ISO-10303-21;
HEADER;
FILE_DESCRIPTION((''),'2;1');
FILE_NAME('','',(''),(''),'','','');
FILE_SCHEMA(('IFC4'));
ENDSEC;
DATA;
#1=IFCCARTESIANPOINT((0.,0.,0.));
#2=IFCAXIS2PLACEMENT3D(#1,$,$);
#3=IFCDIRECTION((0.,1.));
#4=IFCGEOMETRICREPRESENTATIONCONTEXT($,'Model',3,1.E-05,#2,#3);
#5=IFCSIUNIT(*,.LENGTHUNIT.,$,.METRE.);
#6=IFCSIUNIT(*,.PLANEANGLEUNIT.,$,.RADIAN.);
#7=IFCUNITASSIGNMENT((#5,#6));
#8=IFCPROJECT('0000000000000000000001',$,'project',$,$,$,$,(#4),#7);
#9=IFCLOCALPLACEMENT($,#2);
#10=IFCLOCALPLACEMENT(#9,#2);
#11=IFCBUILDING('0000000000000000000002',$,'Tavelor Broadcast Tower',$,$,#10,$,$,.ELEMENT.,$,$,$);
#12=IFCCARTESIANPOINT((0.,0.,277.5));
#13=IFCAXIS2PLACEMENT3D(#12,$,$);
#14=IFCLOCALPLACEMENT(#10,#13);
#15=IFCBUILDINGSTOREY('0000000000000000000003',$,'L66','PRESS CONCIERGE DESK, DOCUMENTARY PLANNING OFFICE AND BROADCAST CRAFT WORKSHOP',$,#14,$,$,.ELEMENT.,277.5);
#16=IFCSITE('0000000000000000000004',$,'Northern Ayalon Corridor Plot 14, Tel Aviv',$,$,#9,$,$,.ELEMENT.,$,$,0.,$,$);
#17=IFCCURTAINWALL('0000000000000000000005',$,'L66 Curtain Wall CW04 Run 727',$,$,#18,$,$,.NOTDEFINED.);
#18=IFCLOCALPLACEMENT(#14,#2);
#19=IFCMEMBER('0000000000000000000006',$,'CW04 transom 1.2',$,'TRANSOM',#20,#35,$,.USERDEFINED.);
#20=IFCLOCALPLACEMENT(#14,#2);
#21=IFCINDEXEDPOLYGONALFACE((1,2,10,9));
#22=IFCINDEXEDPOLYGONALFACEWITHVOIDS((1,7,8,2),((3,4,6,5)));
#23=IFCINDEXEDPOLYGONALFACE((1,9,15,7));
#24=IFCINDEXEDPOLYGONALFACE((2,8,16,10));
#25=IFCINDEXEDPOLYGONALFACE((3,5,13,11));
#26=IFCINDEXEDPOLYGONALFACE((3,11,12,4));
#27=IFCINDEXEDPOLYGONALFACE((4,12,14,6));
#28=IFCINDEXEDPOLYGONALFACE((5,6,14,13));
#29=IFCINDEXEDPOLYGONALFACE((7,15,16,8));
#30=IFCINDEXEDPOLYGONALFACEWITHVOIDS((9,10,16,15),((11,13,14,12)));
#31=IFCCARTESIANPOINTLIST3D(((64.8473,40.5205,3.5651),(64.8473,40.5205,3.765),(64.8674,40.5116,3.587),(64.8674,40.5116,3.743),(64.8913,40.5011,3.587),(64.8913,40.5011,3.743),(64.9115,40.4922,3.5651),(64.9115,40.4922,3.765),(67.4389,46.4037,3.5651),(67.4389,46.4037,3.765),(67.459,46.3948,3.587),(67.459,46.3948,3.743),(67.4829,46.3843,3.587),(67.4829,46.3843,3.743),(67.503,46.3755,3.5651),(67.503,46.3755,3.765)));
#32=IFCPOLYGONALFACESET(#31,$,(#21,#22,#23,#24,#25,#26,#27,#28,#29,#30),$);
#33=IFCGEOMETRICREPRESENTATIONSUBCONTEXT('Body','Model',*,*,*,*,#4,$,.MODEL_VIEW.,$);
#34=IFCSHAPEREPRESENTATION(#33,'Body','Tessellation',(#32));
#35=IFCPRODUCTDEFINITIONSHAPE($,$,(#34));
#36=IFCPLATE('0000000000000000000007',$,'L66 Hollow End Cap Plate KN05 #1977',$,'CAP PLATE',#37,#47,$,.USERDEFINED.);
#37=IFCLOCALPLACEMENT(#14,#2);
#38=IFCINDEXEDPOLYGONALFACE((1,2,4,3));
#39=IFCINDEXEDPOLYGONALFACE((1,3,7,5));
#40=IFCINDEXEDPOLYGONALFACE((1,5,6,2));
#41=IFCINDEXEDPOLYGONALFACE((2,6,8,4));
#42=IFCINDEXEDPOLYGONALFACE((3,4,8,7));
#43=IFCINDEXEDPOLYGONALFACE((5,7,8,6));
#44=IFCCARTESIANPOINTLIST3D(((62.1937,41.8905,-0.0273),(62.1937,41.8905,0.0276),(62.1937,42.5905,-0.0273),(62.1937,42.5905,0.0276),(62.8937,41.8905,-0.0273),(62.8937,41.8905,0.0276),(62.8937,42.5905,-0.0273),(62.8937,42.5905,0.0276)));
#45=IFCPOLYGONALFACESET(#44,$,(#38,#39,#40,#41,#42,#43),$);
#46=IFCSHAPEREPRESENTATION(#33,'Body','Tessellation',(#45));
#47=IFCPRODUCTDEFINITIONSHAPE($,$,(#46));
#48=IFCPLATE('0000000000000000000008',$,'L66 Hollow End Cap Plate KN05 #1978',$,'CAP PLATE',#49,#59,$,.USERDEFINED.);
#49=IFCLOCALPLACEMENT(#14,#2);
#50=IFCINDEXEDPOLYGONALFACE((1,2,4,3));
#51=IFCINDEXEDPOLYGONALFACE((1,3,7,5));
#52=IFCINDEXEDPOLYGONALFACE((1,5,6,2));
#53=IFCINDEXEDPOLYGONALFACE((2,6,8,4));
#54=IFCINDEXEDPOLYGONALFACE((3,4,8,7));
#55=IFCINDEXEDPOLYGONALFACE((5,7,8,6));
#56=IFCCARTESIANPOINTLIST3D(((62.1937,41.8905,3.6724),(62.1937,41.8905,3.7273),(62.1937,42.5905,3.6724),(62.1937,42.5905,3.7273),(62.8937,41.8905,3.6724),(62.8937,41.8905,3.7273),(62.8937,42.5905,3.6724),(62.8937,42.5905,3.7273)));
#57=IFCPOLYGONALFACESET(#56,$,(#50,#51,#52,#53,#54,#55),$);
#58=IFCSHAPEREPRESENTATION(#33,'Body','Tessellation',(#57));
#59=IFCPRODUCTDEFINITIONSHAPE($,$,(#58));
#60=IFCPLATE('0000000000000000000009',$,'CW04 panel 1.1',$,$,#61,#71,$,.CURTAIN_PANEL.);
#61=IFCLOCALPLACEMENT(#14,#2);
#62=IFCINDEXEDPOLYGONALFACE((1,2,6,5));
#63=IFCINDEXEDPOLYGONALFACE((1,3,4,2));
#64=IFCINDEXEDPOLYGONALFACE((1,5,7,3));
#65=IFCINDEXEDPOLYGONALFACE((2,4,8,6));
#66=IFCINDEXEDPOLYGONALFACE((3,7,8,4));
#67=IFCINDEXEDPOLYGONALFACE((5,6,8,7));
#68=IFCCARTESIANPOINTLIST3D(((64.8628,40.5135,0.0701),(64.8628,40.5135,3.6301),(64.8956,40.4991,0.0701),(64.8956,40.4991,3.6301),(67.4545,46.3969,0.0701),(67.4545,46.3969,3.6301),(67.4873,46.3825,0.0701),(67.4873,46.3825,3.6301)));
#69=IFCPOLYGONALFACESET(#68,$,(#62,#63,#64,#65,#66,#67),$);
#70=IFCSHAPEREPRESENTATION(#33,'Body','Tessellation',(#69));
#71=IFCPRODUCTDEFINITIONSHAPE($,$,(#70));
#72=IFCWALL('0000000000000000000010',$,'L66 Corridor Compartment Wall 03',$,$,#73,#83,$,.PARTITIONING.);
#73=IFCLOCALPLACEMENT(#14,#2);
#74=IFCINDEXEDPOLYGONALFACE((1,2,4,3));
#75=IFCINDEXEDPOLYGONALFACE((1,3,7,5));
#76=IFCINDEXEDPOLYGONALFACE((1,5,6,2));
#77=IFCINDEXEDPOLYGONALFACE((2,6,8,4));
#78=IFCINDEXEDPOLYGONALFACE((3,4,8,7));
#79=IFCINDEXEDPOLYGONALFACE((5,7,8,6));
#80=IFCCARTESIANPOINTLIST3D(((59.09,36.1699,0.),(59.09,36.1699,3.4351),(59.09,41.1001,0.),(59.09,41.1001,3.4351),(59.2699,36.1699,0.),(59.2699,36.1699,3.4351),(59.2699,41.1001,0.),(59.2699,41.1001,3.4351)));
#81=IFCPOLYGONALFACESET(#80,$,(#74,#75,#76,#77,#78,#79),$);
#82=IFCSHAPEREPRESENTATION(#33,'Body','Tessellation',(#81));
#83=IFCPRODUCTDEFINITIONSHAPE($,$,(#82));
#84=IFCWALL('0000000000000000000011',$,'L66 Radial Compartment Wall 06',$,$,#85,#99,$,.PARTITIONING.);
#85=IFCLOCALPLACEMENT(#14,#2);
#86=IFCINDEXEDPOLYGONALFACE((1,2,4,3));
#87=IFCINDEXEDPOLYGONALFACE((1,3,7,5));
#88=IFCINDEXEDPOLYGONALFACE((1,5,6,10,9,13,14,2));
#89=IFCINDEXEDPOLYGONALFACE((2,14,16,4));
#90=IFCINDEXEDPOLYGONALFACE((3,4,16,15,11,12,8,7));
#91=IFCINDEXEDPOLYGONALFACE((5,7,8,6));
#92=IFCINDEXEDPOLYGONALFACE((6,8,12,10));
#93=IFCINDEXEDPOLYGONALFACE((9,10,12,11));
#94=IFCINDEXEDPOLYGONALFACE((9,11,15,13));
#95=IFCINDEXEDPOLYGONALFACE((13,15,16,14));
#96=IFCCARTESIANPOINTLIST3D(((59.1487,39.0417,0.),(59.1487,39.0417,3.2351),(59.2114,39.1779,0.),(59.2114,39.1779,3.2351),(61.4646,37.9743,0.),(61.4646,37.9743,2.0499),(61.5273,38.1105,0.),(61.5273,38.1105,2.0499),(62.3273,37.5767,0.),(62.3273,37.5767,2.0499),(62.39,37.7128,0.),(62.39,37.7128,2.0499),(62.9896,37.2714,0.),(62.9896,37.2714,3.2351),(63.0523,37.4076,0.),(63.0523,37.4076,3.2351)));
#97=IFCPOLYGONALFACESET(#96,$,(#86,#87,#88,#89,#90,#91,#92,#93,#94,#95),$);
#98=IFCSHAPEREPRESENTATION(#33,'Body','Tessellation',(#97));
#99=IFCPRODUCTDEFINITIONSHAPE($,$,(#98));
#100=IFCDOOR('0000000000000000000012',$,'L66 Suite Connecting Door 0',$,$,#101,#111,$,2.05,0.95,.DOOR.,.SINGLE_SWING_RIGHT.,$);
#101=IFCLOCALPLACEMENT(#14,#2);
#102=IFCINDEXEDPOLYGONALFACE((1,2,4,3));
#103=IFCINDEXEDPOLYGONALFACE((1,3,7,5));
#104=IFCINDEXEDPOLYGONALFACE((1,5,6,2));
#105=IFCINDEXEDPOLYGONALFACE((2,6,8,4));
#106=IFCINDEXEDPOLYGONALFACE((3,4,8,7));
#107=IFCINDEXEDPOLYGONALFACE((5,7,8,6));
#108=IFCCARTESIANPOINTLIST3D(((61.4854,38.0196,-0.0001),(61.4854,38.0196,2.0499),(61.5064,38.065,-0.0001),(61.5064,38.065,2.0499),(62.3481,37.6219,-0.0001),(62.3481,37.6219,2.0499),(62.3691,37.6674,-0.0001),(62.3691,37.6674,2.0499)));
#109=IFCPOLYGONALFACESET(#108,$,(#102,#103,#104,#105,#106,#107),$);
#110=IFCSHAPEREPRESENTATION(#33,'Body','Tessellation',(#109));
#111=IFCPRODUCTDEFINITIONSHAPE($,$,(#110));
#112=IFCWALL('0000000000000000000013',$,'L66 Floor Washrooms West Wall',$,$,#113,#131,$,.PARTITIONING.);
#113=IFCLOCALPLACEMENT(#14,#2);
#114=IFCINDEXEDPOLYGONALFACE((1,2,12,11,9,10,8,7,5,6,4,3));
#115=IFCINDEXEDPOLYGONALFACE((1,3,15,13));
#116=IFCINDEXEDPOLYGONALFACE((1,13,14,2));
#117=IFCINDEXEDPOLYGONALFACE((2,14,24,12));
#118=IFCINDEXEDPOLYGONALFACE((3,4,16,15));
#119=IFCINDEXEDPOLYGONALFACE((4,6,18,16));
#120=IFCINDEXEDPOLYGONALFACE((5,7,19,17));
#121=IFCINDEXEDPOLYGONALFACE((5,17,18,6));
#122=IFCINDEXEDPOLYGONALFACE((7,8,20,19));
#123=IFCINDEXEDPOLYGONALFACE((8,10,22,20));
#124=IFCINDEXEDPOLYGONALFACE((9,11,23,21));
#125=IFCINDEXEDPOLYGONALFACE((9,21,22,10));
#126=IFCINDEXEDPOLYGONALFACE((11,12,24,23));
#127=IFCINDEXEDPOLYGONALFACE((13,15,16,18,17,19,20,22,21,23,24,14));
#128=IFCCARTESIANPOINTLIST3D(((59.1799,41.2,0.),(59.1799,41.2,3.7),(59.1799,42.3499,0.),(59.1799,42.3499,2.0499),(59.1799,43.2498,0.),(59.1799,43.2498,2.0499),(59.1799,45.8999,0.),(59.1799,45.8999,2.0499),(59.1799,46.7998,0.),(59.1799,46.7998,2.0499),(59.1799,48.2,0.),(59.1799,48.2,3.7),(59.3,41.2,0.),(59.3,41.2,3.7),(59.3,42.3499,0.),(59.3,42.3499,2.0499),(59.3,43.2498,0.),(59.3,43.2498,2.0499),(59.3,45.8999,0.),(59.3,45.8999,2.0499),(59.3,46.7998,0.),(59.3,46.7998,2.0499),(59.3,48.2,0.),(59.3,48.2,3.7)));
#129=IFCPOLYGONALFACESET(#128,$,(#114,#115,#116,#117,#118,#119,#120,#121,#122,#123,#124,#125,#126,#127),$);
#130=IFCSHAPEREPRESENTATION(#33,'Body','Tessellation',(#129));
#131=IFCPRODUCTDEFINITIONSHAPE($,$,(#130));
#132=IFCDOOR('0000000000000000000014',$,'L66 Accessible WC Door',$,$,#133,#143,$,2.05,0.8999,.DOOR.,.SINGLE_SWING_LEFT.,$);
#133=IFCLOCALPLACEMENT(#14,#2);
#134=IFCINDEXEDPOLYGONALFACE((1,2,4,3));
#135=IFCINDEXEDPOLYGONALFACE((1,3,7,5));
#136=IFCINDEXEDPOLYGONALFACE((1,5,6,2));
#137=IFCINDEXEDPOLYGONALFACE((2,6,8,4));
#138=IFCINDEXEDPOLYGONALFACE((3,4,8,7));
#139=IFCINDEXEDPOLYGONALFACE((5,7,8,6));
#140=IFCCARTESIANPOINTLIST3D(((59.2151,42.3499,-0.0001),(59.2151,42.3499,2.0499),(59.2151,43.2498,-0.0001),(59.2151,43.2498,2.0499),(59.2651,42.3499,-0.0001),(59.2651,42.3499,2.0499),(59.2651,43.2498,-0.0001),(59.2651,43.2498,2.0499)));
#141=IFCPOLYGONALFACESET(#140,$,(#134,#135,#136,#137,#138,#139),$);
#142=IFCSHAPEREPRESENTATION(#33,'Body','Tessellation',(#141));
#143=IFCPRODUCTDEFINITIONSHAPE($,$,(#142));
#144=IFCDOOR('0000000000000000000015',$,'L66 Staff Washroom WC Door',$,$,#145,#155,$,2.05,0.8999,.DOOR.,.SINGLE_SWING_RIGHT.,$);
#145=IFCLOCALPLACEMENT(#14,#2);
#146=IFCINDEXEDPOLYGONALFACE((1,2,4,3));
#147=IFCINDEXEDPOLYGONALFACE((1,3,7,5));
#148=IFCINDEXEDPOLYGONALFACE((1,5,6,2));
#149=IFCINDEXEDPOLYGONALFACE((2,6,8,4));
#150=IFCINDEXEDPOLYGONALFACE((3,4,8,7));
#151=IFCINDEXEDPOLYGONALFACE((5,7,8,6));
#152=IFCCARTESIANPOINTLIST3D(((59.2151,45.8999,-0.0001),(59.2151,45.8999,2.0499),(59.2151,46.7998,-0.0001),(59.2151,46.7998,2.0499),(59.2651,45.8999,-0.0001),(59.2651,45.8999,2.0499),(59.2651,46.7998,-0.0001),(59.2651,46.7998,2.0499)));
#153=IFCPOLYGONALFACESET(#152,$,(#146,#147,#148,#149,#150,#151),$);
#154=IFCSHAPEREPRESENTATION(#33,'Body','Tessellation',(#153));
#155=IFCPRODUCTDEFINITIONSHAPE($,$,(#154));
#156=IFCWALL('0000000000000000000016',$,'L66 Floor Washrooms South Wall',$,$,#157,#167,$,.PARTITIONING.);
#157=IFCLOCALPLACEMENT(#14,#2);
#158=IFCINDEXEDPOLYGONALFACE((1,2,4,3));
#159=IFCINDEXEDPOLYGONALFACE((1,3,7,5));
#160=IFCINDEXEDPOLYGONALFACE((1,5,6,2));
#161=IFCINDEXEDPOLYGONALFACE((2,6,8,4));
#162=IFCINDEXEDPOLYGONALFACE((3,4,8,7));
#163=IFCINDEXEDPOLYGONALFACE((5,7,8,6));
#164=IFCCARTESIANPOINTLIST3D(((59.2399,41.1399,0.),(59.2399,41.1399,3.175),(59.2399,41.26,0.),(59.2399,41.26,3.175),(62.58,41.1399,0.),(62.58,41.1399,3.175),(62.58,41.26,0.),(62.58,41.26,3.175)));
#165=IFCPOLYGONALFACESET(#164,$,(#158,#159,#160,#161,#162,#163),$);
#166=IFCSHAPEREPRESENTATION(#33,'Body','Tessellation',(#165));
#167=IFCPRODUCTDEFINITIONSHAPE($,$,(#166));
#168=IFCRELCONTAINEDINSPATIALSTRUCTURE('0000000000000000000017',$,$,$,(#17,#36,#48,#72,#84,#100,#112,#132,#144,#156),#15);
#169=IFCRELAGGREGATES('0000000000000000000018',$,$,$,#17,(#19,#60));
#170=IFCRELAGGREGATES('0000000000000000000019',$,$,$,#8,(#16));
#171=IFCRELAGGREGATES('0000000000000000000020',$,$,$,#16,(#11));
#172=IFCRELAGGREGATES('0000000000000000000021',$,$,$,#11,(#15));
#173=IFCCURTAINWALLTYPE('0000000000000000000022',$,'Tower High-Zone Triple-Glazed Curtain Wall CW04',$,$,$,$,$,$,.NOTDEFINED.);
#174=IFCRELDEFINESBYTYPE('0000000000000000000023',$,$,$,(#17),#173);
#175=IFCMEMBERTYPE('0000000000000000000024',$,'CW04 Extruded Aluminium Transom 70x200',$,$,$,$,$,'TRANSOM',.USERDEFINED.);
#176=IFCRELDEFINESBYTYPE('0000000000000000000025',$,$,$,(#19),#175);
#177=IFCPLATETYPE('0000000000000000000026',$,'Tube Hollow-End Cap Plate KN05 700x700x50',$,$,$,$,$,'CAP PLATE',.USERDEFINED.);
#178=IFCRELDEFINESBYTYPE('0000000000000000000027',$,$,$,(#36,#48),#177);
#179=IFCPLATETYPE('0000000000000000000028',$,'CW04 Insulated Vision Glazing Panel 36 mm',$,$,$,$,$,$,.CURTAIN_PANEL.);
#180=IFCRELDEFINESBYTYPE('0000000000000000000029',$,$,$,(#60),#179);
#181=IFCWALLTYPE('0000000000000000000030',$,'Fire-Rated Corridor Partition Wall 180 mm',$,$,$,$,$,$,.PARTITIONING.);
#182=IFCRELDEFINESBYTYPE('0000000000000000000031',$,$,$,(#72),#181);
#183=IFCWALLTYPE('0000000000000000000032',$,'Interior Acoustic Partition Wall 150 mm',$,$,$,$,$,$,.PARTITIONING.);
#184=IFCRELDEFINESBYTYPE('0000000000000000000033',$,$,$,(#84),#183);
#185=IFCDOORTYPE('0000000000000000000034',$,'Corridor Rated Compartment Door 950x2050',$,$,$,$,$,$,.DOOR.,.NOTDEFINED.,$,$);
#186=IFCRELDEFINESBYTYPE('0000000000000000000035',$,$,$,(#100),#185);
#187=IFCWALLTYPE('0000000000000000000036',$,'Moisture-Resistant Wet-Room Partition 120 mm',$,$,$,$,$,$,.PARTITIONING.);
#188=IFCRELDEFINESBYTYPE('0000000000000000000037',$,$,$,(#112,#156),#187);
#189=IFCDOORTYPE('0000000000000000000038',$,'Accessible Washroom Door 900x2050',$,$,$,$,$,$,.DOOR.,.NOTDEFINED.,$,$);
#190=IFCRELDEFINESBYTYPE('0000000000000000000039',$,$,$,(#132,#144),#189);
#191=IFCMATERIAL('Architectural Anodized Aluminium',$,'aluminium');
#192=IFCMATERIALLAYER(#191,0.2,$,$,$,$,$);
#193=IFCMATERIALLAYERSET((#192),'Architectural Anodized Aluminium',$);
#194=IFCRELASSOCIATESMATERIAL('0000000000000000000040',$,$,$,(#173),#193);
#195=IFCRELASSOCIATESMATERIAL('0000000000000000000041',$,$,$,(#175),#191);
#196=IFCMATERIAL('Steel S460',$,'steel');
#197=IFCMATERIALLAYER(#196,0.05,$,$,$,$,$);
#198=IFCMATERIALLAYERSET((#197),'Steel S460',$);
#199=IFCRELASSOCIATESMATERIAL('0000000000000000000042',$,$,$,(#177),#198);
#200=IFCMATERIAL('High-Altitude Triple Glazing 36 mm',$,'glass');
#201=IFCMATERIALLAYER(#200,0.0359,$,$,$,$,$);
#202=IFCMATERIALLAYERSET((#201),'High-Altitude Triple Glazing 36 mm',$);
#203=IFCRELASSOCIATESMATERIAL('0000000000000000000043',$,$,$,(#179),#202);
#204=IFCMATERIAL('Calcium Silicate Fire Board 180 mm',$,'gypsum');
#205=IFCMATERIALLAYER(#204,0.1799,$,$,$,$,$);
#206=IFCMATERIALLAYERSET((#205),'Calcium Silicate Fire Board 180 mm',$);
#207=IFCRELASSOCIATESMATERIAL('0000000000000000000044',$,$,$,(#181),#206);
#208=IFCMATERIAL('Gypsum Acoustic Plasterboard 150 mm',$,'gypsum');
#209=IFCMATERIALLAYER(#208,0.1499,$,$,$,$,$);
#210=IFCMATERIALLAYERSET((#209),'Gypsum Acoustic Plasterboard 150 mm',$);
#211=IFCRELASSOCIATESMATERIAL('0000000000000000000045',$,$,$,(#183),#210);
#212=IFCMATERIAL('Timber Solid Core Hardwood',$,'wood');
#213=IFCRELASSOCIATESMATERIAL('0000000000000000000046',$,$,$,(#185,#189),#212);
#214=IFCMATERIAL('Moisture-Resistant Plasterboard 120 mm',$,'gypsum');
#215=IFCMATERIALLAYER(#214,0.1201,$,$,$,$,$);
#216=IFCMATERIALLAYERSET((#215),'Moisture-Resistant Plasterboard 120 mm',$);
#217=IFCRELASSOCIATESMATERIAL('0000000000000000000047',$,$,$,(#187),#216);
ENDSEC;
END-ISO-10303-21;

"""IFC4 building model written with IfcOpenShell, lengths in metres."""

from ifc_helpers import new_model, si_unit, direction, frame, frame_2d, origin, origin_2d, place, context, subcontext, project, spatial, rectangle, hollow_rectangle, extrude, source, transform, mapped, material, layer, layer_set, material_profile, profile_set, type_object, type_shapes, element, fill, aggregate, save


model = new_model("IFC4")

# Units and contexts
model_context = context("Model", 3, precision=1e-05, world=origin(), true_north=direction((0.0, 1.0)))
body_context = subcontext(model_context, "Body", "Model", "MODEL_VIEW")
ifc_project = project(units=[si_unit("LENGTHUNIT", "METRE"), si_unit("PLANEANGLEUNIT", "RADIAN")], contexts=[model_context])

# Site, building, storey
site_placement = place(None, origin())
site = spatial("IfcSite", under=ifc_project, at=site_placement, Name="Northern Ayalon Corridor Plot 14, Tel Aviv", CompositionType="ELEMENT", RefElevation=0.0)
building_placement = place(site_placement, origin())
building = spatial("IfcBuilding", under=site, at=building_placement, Name="Tavelor Broadcast Tower", CompositionType="ELEMENT")
storey_placement = place(building_placement, frame((0.0, 0.0, 277.5)))
storey = spatial("IfcBuildingStorey", under=building, at=storey_placement, Name="L66", Description="PRESS CONCIERGE DESK, DOCUMENTARY PLANNING OFFICE AND BROADCAST CRAFT WORKSHOP", CompositionType="ELEMENT", Elevation=277.5)

# Shared definitions
ifc_material_1 = material(Name="Steel S460", Category="steel")

# Shared definitions
ifc_material_2 = material(Name="Architectural Anodized Aluminium", Category="aluminium")
ifc_layer_1 = layer(ifc_material_2, 0.2)
ifc_layer_set_1 = layer_set([ifc_layer_1], Name="Architectural Anodized Aluminium")
curtain_wall_type = type_object("IfcCurtainWallType", Name="Tower High-Zone Triple-Glazed Curtain Wall CW04", PredefinedType="NOTDEFINED", material=ifc_layer_set_1)

# Curtain wall, member
curtain_wall_1_placement = place(storey_placement, origin())
curtain_wall_1 = element("IfcCurtainWall", 1, at=curtain_wall_1_placement, inside=storey, type_object=curtain_wall_type, Name="L66 Curtain Wall CW04 Run 727", PredefinedType="NOTDEFINED")
ifc_material_profile_1 = material_profile(ifc_material_2, hollow_rectangle(XDim=0.0701, YDim=0.2, WallThickness=0.022, at=origin_2d()), Name="RHS 70x200x22")
ifc_profile_set_1 = profile_set([ifc_material_profile_1], Name="Architectural Anodized Aluminium")
member_type_1 = type_object("IfcMemberType", Name="CW04 Extruded Aluminium Transom 70x200", ElementType="TRANSOM", PredefinedType="USERDEFINED", material=ifc_profile_set_1)
shared_shape_1 = source(origin(), body_context, "Body", "SweptSolid", [
    extrude(hollow_rectangle(XDim=0.0701, YDim=0.2, WallThickness=0.022, at=origin_2d()), origin(), (0.0, 0.0, 1.0), 6.4287),
])
type_shapes(member_type_1, [shared_shape_1])
member_1_placement = place(storey_placement, frame((64.8794, 40.5063, 3.665), z_axis=(0.403117, 0.915149, 0.0), x_axis=(-0.915149, 0.403117, 0.0)))
member_1 = element("IfcMember", 2, at=member_1_placement, type_object=member_type_1, Name="CW04 transom 1.2", ObjectType="TRANSOM", PredefinedType="USERDEFINED", context=body_context, shape_type="MappedRepresentation", body=[
    mapped(shared_shape_1, transform((0.0, 0.0, 0.0), scale=1.0)),
])

# Plates
ifc_layer_2 = layer(ifc_material_1, 0.05)
ifc_layer_set_2 = layer_set([ifc_layer_2], Name="Steel S460")
plate_type_1 = type_object("IfcPlateType", Name="Tube Hollow-End Cap Plate KN05 700x700x50", ElementType="CAP PLATE", PredefinedType="USERDEFINED", material=ifc_layer_set_2)
shared_shape_2 = source(origin(), body_context, "Body", "SweptSolid", [
    extrude(rectangle(XDim=0.7, YDim=0.7, at=origin_2d()), origin(), (0.0, 0.0, 1.0), 0.0549),
])
type_shapes(plate_type_1, [shared_shape_2])
for number, where, z_axis, x_axis, name in (
    (3, (62.5437, 42.2405, -0.0273), (0.0, 0.0, 1.0), (1.0, 0.0, 0.0), "L66 Hollow End Cap Plate KN05 #1977"),
    (4, (62.5437, 42.2405, 3.6724), (0.0, 0.0, 1.0), (1.0, 0.0, 0.0), "L66 Hollow End Cap Plate KN05 #1978"),
):
    element("IfcPlate", number, at=place(storey_placement, frame(where, z_axis=z_axis, x_axis=x_axis)), inside=storey, type_object=plate_type_1, Name=name, ObjectType="CAP PLATE", PredefinedType="USERDEFINED", context=body_context, shape_type="MappedRepresentation", body=[
        mapped(shared_shape_2, transform((0.0, 0.0, 0.0), scale=1.0)),
    ])

# Plate
ifc_material_3 = material(Name="High-Altitude Triple Glazing 36 mm", Category="glass")
ifc_layer_3 = layer(ifc_material_3, 0.0359)
ifc_layer_set_3 = layer_set([ifc_layer_3], Name="High-Altitude Triple Glazing 36 mm")
plate_type_2 = type_object("IfcPlateType", Name="CW04 Insulated Vision Glazing Panel 36 mm", PredefinedType="CURTAIN_PANEL", material=ifc_layer_set_3)
shared_shape_3 = source(origin(), body_context, "Body", "SweptSolid", [
    extrude(rectangle(XDim=6.429, YDim=0.0359, at=origin_2d()), origin(), (0.0, 0.0, 1.0), 3.5601),
])
type_shapes(plate_type_2, [shared_shape_3])
plate_placement = place(storey_placement, frame((66.175, 43.448, 0.0701), z_axis=(0.0, 0.0, 1.0), x_axis=(0.403126, 0.915144, 0.0)))
plate = element("IfcPlate", 5, at=plate_placement, type_object=plate_type_2, Name="CW04 panel 1.1", PredefinedType="CURTAIN_PANEL", context=body_context, shape_type="MappedRepresentation", body=[
    mapped(shared_shape_3, transform((0.0, 0.0, 0.0), scale=1.0)),
])
aggregate(curtain_wall_1, [member_1, plate])

# Wall
ifc_material_4 = material(Name="Calcium Silicate Fire Board 180 mm", Category="gypsum")
ifc_layer_4 = layer(ifc_material_4, 0.1799)
ifc_layer_set_4 = layer_set([ifc_layer_4], Name="Calcium Silicate Fire Board 180 mm")
wall_type_1 = type_object("IfcWallType", Name="Fire-Rated Corridor Partition Wall 180 mm", PredefinedType="PARTITIONING", material=ifc_layer_set_4)
wall_1_placement = place(storey_placement, frame((59.1799, 41.1001, 0.0), z_axis=(0.0, 0.0, 1.0), x_axis=(0.0, -1.0, 0.0)))
element("IfcWall", 6, at=wall_1_placement, inside=storey, type_object=wall_type_1, Name="L66 Corridor Compartment Wall 03", PredefinedType="PARTITIONING", context=body_context, shape_type="SweptSolid", body=[
    extrude(rectangle(XDim=4.9302, YDim=0.1799, at=frame_2d((2.4651, 0.0))), origin(), (0.0, 0.0, 1.0), 3.4351),
])

# Wall, opening, door
ifc_material_5 = material(Name="Gypsum Acoustic Plasterboard 150 mm", Category="gypsum")
ifc_layer_5 = layer(ifc_material_5, 0.1499)
ifc_layer_set_5 = layer_set([ifc_layer_5], Name="Gypsum Acoustic Plasterboard 150 mm")
wall_type_2 = type_object("IfcWallType", Name="Interior Acoustic Partition Wall 150 mm", PredefinedType="PARTITIONING", material=ifc_layer_set_5)
wall_2_placement = place(storey_placement, frame((59.1799, 39.1099, 0.0), z_axis=(0.0, 0.0, 1.0), x_axis=(0.908177, -0.418586, 0.0)))
wall_2 = element("IfcWall", 7, at=wall_2_placement, inside=storey, type_object=wall_type_2, Name="L66 Radial Compartment Wall 06", PredefinedType="PARTITIONING", context=body_context, shape_type="SweptSolid", body=[
    extrude(rectangle(XDim=4.2292, YDim=0.1499, at=frame_2d((2.1147, 0.0))), origin(), (0.0, 0.0, 1.0), 3.2351),
])
opening_1_placement = place(wall_2_placement, frame((2.55, 0.0, 0.0)))
opening_1 = element("IfcOpeningElement", 8, at=opening_1_placement, cuts=wall_2, PredefinedType="OPENING", context=body_context, shape_type="SweptSolid", body=[
    extrude(rectangle(XDim=0.95, YDim=2.05, at=frame_2d((0.4751, 1.0249))), frame((0.0, 0.085, 0.0), z_axis=(0.0, -1.0, 0.0), x_axis=(1.0, 0.0, 0.0)), (0.0, 0.0, 1.0), 0.1699),
])
ifc_material_6 = material(Name="Timber Solid Core Hardwood", Category="wood")
door_type_1 = type_object("IfcDoorType", Name="Corridor Rated Compartment Door 950x2050", OperationType="NOTDEFINED", PredefinedType="DOOR", material=ifc_material_6)
door_1_placement = place(opening_1_placement, origin())
door_1 = element("IfcDoor", 9, at=door_1_placement, inside=storey, type_object=door_type_1, Name="L66 Suite Connecting Door 0", OperationType="SINGLE_SWING_RIGHT", OverallHeight=2.05, OverallWidth=0.95, PredefinedType="DOOR", context=body_context, shape_type="SweptSolid", body=[
    extrude(rectangle(XDim=0.95, YDim=2.05, at=frame_2d((0.4751, 1.0249))), frame((0.0, 0.0249, 0.0), z_axis=(0.0, -1.0, 0.0), x_axis=(1.0, 0.0, 0.0)), (0.0, 0.0, 1.0), 0.05),
])
fill(opening_1, door_1)

# Wall, openings, doors
ifc_material_7 = material(Name="Moisture-Resistant Plasterboard 120 mm", Category="gypsum")
ifc_layer_6 = layer(ifc_material_7, 0.1201)
ifc_layer_set_6 = layer_set([ifc_layer_6], Name="Moisture-Resistant Plasterboard 120 mm")
wall_type_3 = type_object("IfcWallType", Name="Moisture-Resistant Wet-Room Partition 120 mm", PredefinedType="PARTITIONING", material=ifc_layer_set_6)
wall_3_placement = place(storey_placement, frame((59.24, 41.2, 0.0), z_axis=(0.0, 0.0, 1.0), x_axis=(0.0, 1.0, 0.0)))
wall_3 = element("IfcWall", 10, at=wall_3_placement, inside=storey, type_object=wall_type_3, Name="L66 Floor Washrooms West Wall", PredefinedType="PARTITIONING", context=body_context, shape_type="SweptSolid", body=[
    extrude(rectangle(XDim=7.0, YDim=0.1201, at=frame_2d((3.5, 0.0))), origin(), (0.0, 0.0, 1.0), 3.7),
])
opening_2_placement = place(wall_3_placement, frame((1.1499, 0.0, 0.0)))
opening_2 = element("IfcOpeningElement", 11, at=opening_2_placement, cuts=wall_3, PredefinedType="OPENING", context=body_context, shape_type="SweptSolid", body=[
    extrude(rectangle(XDim=0.8999, YDim=2.05, at=frame_2d((0.45, 1.0249))), frame((0.0, 0.0701, 0.0), z_axis=(0.0, -1.0, 0.0), x_axis=(1.0, 0.0, 0.0)), (0.0, 0.0, 1.0), 0.1401),
])
opening_3_placement = place(wall_3_placement, frame((4.7, 0.0, 0.0)))
opening_3 = element("IfcOpeningElement", 12, at=opening_3_placement, cuts=wall_3, PredefinedType="OPENING", context=body_context, shape_type="SweptSolid", body=[
    extrude(rectangle(XDim=0.8999, YDim=2.05, at=frame_2d((0.45, 1.0249))), frame((0.0, 0.0701, 0.0), z_axis=(0.0, -1.0, 0.0), x_axis=(1.0, 0.0, 0.0)), (0.0, 0.0, 1.0), 0.1401),
])
door_type_2 = type_object("IfcDoorType", Name="Accessible Washroom Door 900x2050", OperationType="NOTDEFINED", PredefinedType="DOOR", material=ifc_material_6)
door_2_placement = place(opening_2_placement, origin())
door_2 = element("IfcDoor", 13, at=door_2_placement, inside=storey, type_object=door_type_2, Name="L66 Accessible WC Door", OperationType="SINGLE_SWING_LEFT", OverallHeight=2.05, OverallWidth=0.8999, PredefinedType="DOOR", context=body_context, shape_type="SweptSolid", body=[
    extrude(rectangle(XDim=0.8999, YDim=2.05, at=frame_2d((0.45, 1.0249))), frame((0.0, 0.0249, 0.0), z_axis=(0.0, -1.0, 0.0), x_axis=(1.0, 0.0, 0.0)), (0.0, 0.0, 1.0), 0.05),
])
fill(opening_2, door_2)
door_3_placement = place(opening_3_placement, origin())
door_3 = element("IfcDoor", 14, at=door_3_placement, inside=storey, type_object=door_type_2, Name="L66 Staff Washroom WC Door", OperationType="SINGLE_SWING_RIGHT", OverallHeight=2.05, OverallWidth=0.8999, PredefinedType="DOOR", context=body_context, shape_type="SweptSolid", body=[
    extrude(rectangle(XDim=0.8999, YDim=2.05, at=frame_2d((0.45, 1.0249))), frame((0.0, 0.0249, 0.0), z_axis=(0.0, -1.0, 0.0), x_axis=(1.0, 0.0, 0.0)), (0.0, 0.0, 1.0), 0.05),
])
fill(opening_3, door_3)

# Wall
wall_4_placement = place(storey_placement, frame((59.24, 41.2, 0.0), z_axis=(0.0, 0.0, 1.0), x_axis=(1.0, 0.0, 0.0)))
element("IfcWall", 15, at=wall_4_placement, inside=storey, type_object=wall_type_3, Name="L66 Floor Washrooms South Wall", PredefinedType="PARTITIONING", context=body_context, shape_type="SweptSolid", body=[
    extrude(rectangle(XDim=3.3401, YDim=0.1201, at=frame_2d((1.6699, 0.0))), origin(), (0.0, 0.0, 1.0), 3.175),
])

save(model, "model.ifc")
